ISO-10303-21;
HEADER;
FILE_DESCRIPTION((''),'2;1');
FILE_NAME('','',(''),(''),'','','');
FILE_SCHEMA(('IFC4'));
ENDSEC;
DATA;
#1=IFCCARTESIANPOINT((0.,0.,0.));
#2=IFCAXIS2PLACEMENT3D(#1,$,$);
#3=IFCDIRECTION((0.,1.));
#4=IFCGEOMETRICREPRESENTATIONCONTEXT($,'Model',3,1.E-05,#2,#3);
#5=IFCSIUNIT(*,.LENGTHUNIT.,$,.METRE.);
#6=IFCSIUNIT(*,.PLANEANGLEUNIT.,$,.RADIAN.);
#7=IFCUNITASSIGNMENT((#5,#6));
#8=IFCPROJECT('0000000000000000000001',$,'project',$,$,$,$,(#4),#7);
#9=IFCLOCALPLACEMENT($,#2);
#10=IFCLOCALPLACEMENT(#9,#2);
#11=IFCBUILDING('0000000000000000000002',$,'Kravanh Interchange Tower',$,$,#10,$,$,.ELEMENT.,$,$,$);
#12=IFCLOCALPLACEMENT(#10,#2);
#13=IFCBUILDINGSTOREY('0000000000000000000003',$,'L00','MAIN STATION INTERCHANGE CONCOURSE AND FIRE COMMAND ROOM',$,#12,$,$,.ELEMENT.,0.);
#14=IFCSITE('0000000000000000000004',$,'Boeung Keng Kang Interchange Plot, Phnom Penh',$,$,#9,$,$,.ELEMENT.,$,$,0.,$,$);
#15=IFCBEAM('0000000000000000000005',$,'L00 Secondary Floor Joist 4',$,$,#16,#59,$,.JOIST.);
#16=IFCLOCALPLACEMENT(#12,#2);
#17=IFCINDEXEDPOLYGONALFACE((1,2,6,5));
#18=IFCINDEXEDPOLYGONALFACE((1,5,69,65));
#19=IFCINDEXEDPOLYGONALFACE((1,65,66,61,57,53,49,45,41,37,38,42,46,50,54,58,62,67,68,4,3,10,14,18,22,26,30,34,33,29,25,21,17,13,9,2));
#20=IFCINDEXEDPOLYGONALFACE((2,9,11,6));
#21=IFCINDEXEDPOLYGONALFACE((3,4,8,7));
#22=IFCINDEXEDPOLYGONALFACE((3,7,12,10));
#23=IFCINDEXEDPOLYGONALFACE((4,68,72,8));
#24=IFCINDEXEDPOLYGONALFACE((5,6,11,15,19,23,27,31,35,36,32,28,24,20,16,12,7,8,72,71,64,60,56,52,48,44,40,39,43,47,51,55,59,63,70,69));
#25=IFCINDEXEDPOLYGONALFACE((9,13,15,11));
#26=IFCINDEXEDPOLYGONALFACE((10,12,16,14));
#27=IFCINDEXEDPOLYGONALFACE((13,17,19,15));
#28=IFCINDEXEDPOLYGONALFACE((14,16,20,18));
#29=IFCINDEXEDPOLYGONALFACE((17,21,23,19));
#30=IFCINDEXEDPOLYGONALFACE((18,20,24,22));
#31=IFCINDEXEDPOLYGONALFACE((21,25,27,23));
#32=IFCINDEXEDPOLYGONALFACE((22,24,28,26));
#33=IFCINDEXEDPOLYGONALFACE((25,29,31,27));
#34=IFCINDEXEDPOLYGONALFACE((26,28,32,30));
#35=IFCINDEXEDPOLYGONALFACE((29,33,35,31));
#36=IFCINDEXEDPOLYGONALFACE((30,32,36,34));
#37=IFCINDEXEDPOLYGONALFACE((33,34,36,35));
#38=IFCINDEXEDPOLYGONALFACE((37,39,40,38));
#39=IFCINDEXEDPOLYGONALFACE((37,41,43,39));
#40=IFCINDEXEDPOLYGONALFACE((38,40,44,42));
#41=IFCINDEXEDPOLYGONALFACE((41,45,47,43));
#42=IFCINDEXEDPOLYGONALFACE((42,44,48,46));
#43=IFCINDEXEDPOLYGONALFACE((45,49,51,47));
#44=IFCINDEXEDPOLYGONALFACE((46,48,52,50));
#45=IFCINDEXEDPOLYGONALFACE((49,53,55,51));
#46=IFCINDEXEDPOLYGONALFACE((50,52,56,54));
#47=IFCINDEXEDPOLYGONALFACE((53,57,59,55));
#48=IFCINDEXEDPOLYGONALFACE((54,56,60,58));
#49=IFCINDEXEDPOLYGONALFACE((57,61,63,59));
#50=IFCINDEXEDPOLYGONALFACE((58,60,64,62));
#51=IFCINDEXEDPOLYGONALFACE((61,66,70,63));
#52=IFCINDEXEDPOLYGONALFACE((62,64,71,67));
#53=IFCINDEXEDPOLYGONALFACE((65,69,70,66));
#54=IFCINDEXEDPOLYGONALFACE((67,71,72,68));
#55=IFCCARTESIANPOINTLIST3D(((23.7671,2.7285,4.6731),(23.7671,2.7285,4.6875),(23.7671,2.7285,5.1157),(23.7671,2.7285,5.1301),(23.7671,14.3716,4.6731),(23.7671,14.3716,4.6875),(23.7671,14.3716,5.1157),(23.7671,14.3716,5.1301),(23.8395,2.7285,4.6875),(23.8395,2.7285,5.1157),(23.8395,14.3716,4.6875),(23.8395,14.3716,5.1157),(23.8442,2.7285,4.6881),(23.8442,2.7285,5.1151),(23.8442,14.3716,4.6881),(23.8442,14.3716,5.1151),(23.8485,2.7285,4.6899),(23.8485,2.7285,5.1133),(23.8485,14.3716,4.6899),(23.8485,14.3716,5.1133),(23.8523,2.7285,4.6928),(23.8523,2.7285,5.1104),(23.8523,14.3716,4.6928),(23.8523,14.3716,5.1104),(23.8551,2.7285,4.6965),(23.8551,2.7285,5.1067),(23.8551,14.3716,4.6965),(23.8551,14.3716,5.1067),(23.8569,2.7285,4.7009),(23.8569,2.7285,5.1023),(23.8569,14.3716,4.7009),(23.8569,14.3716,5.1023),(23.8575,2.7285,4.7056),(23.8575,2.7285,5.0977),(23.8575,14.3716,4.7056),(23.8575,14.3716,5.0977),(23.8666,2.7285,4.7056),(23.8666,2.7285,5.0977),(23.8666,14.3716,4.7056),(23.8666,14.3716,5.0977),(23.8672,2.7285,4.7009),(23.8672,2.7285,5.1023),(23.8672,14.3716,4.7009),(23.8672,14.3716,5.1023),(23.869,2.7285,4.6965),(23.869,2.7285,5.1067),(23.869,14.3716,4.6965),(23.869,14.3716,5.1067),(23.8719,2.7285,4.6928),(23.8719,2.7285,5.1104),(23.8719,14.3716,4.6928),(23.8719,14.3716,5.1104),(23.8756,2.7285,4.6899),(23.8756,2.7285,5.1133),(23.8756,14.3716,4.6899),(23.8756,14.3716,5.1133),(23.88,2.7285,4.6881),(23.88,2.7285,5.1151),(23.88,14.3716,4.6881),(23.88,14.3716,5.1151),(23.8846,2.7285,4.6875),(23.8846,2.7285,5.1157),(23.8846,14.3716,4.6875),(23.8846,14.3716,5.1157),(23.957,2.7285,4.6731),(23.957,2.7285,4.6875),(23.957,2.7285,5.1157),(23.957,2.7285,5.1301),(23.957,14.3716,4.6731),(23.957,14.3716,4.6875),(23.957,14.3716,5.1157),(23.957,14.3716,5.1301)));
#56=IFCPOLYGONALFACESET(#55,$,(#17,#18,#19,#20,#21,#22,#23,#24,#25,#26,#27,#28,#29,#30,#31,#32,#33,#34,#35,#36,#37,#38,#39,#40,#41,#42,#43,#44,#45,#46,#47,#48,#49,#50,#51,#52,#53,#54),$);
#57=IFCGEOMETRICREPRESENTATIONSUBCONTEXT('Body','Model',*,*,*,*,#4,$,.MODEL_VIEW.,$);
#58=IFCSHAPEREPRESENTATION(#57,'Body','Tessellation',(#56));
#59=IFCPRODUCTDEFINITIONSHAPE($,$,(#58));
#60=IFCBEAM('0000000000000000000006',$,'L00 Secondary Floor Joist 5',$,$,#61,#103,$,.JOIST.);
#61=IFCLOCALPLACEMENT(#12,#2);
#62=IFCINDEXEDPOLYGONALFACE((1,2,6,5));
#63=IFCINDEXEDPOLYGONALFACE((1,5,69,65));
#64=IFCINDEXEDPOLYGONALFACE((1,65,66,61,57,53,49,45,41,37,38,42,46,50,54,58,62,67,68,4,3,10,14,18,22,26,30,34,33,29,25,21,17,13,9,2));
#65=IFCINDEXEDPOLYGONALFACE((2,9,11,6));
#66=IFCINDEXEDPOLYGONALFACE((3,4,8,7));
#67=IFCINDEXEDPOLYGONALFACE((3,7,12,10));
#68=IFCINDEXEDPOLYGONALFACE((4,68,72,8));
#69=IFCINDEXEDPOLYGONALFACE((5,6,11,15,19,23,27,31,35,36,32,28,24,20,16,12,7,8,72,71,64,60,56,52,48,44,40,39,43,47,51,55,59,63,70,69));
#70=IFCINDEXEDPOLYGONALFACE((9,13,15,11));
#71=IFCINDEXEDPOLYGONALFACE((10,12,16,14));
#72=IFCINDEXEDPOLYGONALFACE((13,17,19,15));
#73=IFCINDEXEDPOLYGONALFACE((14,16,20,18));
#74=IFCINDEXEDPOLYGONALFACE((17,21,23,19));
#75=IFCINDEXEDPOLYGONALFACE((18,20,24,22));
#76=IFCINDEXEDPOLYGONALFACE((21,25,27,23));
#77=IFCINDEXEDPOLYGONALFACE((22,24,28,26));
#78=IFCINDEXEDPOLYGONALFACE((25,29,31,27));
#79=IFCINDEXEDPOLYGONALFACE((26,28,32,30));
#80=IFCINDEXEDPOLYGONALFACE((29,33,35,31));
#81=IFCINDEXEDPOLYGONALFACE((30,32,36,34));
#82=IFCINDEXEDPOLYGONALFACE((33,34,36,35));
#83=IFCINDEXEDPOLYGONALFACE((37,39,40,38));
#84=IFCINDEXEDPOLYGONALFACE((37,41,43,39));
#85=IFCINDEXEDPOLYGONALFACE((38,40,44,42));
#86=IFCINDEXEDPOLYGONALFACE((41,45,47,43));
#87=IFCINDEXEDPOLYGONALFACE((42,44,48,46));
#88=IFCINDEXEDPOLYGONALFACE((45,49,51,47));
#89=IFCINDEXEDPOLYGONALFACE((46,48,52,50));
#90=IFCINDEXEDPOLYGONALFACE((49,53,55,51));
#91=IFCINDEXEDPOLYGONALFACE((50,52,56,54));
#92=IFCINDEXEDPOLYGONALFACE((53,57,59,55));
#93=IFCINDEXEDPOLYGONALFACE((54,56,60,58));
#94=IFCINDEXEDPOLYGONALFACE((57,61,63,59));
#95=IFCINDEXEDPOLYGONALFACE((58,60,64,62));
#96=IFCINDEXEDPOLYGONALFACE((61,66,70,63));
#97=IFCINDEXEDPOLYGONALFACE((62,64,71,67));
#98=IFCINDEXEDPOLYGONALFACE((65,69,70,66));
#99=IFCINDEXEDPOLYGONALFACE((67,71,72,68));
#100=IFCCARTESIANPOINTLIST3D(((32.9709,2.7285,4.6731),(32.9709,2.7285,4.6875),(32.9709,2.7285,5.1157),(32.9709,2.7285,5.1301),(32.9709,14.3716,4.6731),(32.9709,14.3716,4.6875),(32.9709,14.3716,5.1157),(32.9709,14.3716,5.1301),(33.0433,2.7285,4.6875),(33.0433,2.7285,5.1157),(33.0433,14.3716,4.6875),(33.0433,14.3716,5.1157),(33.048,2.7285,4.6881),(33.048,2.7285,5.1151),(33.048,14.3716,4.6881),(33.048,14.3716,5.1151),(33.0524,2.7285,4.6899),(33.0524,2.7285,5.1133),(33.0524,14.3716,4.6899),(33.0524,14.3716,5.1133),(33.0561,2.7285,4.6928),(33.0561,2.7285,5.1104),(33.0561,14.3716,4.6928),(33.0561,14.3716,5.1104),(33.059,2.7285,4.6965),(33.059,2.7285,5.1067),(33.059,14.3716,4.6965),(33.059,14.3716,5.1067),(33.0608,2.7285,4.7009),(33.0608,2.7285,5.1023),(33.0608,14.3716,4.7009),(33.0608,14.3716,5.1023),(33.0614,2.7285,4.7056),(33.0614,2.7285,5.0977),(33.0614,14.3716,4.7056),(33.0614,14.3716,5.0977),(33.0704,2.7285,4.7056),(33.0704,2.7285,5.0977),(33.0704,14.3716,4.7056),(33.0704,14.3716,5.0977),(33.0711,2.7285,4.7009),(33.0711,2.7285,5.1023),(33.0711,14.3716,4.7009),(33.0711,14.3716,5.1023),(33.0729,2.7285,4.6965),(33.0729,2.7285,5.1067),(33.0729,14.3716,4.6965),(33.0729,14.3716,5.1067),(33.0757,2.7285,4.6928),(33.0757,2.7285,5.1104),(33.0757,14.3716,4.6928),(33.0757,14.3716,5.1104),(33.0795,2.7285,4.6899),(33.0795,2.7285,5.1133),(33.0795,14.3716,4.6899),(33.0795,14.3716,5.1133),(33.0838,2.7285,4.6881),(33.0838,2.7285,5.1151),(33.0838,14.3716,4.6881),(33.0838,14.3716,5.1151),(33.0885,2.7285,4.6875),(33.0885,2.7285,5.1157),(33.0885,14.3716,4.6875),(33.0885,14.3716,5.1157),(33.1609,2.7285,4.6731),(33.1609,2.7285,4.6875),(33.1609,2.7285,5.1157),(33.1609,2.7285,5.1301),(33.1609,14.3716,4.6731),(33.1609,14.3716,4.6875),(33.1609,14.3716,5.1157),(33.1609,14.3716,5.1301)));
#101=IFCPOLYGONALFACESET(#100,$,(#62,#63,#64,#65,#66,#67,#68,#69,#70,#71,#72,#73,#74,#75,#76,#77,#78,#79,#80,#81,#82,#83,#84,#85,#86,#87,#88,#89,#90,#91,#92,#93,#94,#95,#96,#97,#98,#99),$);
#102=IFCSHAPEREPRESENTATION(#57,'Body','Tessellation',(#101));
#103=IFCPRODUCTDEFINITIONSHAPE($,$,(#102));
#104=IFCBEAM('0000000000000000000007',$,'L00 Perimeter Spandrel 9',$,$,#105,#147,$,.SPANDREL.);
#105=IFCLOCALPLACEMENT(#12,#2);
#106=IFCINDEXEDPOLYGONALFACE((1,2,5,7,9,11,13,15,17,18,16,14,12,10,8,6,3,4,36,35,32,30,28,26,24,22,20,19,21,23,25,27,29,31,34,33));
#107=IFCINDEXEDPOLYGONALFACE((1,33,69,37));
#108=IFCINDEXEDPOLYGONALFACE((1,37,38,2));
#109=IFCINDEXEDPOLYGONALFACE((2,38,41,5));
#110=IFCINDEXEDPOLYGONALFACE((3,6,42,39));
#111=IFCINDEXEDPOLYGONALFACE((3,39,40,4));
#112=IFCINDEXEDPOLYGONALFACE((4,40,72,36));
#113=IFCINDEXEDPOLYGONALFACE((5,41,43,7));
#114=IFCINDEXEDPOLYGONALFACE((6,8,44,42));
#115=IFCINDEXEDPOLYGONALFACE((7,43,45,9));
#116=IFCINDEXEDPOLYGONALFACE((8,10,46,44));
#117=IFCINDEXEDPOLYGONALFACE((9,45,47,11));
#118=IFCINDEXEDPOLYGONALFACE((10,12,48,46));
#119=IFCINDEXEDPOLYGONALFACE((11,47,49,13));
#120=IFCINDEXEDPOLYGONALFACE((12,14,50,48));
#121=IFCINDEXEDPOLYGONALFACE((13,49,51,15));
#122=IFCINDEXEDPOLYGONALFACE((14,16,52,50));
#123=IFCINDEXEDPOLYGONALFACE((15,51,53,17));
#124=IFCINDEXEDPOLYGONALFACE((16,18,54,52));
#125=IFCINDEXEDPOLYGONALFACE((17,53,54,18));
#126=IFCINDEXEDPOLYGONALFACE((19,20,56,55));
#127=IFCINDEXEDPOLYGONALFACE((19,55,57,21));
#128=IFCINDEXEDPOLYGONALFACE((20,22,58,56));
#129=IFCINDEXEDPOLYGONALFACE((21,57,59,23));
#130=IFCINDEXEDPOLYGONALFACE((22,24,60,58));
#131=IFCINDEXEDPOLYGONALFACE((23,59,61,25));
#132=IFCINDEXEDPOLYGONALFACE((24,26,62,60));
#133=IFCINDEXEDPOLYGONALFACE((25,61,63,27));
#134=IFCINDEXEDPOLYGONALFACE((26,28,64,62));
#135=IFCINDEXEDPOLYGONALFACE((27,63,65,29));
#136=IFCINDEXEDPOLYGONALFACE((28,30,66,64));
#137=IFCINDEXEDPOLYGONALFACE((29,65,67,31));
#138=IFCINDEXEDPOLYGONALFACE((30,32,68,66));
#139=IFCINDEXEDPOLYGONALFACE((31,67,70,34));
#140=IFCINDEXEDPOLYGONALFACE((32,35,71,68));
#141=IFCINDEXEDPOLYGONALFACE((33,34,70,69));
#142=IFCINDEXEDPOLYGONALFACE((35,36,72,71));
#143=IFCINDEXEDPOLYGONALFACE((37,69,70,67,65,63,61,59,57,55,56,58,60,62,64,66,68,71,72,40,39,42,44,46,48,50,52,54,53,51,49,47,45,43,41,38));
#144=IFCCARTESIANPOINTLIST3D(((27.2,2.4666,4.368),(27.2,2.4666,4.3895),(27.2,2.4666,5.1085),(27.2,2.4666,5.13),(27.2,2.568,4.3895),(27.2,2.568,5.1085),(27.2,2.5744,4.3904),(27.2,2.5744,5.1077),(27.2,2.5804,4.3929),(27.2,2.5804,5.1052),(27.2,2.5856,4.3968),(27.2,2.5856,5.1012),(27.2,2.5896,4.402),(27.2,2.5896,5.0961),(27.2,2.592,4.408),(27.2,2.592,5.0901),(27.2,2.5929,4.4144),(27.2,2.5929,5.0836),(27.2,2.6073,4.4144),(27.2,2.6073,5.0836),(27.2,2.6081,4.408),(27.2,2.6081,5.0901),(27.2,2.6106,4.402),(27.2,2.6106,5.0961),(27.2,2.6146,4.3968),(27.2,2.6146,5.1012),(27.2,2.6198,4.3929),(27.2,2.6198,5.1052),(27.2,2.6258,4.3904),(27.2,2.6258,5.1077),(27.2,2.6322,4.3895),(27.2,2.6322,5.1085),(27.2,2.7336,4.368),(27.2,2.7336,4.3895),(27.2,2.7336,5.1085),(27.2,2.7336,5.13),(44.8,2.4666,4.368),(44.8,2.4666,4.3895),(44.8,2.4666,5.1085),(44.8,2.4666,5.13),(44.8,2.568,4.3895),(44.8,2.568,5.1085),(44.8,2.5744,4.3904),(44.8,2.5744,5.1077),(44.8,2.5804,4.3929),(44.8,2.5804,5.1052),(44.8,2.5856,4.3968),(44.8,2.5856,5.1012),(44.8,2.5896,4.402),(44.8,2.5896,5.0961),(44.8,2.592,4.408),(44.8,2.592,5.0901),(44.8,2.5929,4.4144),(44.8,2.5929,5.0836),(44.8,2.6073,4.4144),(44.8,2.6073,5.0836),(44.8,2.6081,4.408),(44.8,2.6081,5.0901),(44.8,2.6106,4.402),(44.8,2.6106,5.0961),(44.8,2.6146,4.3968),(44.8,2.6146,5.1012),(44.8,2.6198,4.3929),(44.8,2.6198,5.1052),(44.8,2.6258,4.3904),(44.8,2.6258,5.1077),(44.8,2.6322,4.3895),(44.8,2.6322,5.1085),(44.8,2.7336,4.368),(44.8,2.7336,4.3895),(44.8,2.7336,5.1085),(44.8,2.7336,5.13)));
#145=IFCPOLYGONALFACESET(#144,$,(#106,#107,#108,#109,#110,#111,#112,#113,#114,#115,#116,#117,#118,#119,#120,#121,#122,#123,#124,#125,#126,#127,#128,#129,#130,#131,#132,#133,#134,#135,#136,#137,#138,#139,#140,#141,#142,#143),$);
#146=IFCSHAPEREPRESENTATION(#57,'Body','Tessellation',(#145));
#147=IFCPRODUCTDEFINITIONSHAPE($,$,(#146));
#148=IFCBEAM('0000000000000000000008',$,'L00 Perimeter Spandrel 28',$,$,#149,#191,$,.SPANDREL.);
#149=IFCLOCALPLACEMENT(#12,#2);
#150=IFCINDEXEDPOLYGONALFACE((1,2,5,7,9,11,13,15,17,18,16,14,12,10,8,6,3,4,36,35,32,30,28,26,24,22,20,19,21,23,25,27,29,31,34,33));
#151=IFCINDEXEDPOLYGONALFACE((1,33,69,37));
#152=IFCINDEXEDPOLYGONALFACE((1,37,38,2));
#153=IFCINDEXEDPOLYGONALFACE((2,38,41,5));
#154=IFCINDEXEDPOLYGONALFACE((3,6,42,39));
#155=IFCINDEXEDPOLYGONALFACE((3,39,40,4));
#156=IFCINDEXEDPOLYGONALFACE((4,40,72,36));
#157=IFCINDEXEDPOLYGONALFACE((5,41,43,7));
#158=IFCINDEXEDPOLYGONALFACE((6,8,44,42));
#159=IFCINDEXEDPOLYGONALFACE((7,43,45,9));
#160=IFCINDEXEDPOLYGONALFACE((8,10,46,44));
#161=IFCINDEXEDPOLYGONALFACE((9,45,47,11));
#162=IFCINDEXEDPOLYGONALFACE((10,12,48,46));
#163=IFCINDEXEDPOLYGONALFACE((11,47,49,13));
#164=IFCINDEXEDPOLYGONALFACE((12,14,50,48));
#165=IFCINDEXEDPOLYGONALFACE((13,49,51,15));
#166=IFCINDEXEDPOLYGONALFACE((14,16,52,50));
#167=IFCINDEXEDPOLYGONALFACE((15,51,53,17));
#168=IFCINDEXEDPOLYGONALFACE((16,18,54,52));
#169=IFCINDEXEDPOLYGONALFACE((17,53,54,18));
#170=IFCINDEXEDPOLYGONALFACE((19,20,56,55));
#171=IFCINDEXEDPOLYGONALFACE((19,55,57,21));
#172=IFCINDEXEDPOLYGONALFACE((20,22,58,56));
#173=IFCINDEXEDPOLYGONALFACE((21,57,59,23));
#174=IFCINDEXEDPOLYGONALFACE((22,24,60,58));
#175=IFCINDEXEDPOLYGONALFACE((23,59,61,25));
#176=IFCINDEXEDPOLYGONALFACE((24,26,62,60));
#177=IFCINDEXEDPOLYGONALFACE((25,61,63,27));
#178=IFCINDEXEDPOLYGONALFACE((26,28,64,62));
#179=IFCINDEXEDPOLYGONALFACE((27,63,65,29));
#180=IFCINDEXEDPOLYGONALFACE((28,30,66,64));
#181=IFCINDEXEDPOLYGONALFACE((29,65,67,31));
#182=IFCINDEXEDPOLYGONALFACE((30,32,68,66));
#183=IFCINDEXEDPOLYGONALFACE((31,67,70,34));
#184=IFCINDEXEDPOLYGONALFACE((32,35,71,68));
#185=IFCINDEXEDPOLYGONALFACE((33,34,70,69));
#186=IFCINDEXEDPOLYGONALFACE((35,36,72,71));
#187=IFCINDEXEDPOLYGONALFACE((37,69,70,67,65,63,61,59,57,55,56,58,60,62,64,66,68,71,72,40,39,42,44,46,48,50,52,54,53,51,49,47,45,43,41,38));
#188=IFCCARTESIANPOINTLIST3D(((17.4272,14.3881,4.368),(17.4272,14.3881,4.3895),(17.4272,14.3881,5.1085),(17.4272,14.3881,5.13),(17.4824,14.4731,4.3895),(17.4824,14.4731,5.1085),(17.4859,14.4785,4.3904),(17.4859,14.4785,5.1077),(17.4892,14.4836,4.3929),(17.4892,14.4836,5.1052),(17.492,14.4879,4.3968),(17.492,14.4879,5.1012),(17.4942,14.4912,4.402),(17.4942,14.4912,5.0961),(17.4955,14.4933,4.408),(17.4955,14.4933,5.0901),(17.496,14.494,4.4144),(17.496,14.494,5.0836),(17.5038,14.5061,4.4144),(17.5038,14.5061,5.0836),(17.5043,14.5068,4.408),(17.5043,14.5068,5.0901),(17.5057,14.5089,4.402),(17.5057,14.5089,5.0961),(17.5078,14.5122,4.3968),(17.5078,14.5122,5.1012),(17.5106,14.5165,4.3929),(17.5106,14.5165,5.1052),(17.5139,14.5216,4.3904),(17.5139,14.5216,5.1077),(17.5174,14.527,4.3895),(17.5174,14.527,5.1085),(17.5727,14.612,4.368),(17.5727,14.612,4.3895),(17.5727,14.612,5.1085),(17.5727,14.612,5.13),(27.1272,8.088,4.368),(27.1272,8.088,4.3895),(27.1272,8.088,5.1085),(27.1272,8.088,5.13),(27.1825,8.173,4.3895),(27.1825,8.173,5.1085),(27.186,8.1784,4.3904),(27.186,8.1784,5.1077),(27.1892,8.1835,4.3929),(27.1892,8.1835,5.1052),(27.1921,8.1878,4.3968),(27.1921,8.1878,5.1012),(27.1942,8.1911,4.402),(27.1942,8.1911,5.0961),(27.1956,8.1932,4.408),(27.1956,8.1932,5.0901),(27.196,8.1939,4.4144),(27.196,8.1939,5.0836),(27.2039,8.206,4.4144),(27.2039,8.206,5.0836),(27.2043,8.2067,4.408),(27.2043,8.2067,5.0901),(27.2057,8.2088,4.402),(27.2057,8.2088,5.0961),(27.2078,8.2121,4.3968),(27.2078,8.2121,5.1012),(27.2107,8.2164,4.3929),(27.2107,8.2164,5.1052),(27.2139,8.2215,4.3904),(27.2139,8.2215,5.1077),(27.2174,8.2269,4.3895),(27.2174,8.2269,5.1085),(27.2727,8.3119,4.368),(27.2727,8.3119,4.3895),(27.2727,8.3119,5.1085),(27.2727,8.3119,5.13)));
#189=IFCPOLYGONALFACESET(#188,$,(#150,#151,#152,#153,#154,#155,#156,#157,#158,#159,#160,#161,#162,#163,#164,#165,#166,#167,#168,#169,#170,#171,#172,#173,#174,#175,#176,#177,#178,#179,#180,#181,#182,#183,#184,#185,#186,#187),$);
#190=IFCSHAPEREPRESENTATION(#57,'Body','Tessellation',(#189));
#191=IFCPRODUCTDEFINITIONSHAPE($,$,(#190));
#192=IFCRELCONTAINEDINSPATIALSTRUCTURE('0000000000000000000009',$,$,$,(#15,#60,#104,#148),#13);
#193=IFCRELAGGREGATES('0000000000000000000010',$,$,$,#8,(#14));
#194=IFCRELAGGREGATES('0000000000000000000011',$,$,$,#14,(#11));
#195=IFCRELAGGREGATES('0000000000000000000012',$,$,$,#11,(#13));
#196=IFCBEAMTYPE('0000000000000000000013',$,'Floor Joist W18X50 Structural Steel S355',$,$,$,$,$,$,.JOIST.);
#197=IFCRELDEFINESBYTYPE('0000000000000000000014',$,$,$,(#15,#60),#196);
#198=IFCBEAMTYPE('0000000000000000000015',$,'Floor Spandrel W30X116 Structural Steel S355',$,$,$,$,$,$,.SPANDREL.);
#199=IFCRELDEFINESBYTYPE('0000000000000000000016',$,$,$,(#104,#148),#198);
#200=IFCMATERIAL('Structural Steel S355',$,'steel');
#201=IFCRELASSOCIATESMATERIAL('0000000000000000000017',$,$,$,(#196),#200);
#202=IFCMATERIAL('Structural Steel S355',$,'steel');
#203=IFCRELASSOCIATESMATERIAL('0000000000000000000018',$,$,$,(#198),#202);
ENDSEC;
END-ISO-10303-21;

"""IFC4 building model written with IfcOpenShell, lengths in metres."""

from ifc_helpers import new_model, si_unit, direction, frame, origin, origin_2d, place, context, subcontext, project, spatial, i_section, extrude, material, material_profile, profile_set, type_object, element, save


model = new_model("IFC4")

# Units and contexts
model_context = context("Model", 3, precision=1e-05, world=origin(), true_north=direction((0.0, 1.0)))
body_context = subcontext(model_context, "Body", "Model", "MODEL_VIEW")
ifc_project = project(units=[si_unit("LENGTHUNIT", "METRE"), si_unit("PLANEANGLEUNIT", "RADIAN")], contexts=[model_context])

# Site, building, storey
site_placement = place(None, origin())
site = spatial("IfcSite", under=ifc_project, at=site_placement, Name="Boeung Keng Kang Interchange Plot, Phnom Penh", CompositionType="ELEMENT", RefElevation=0.0)
building_placement = place(site_placement, origin())
building = spatial("IfcBuilding", under=site, at=building_placement, Name="Kravanh Interchange Tower", CompositionType="ELEMENT")
storey_placement = place(building_placement, origin())
storey = spatial("IfcBuildingStorey", under=building, at=storey_placement, Name="L00", Description="MAIN STATION INTERCHANGE CONCOURSE AND FIRE COMMAND ROOM", CompositionType="ELEMENT", Elevation=0.0)

# Beams
ifc_material_1 = material(Name="Structural Steel S355", Category="steel")
ifc_material_profile_1 = material_profile(ifc_material_1, i_section(OverallWidth=0.1899, OverallDepth=0.457, WebThickness=0.009, FlangeThickness=0.0144, FilletRadius=0.0181, at=origin_2d()), Name="W18X50")
ifc_profile_set_1 = profile_set([ifc_material_profile_1], Name="Structural Steel S355")
beam_type_1 = type_object("IfcBeamType", Name="Floor Joist W18X50 Structural Steel S355", PredefinedType="JOIST", material=ifc_profile_set_1)
for number, where, z_axis, x_axis, name in (
    (1, (23.8621, 2.7285, 4.9016), (0.0, 1.0, 0.0), (-1.0, 0.0, 0.0), "L00 Secondary Floor Joist 4"),
    (2, (33.0659, 2.7285, 4.9016), (0.0, 1.0, 0.0), (-1.0, 0.0, 0.0), "L00 Secondary Floor Joist 5"),
):
    element("IfcBeam", number, at=place(storey_placement, frame(where, z_axis=z_axis, x_axis=x_axis)), inside=storey, type_object=beam_type_1, Name=name, PredefinedType="JOIST", context=body_context, shape_type="SweptSolid", body=[
        extrude(i_section(OverallWidth=0.1899, OverallDepth=0.457, WebThickness=0.009, FlangeThickness=0.0144, FilletRadius=0.0181, at=origin_2d()), origin(), (0.0, 0.0, 1.0), 11.6431),
    ])
ifc_material_2 = material(Name="Structural Steel S355", Category="steel")
ifc_material_profile_2 = material_profile(ifc_material_2, i_section(OverallWidth=0.2671, OverallDepth=0.762, WebThickness=0.0144, FlangeThickness=0.0215, FilletRadius=0.0249, at=origin_2d()), Name="W30X116")
ifc_profile_set_2 = profile_set([ifc_material_profile_2], Name="Structural Steel S355")
beam_type_2 = type_object("IfcBeamType", Name="Floor Spandrel W30X116 Structural Steel S355", PredefinedType="SPANDREL", material=ifc_profile_set_2)
beam_1_placement = place(storey_placement, frame((27.2, 2.6001, 4.749), z_axis=(1.0, 0.0, 0.0), x_axis=(0.0, 1.0, 0.0)))
element("IfcBeam", 3, at=beam_1_placement, inside=storey, type_object=beam_type_2, Name="L00 Perimeter Spandrel 9", PredefinedType="SPANDREL", context=body_context, shape_type="SweptSolid", body=[
    extrude(i_section(OverallWidth=0.2671, OverallDepth=0.762, WebThickness=0.0144, FlangeThickness=0.0215, FilletRadius=0.0249, at=origin_2d()), origin(), (0.0, 0.0, 1.0), 17.6001),
])
beam_2_placement = place(storey_placement, frame((27.2, 8.2, 4.749), z_axis=(-0.838638, 0.544689, 0.0), x_axis=(-0.544689, -0.838638, 0.0)))
element("IfcBeam", 4, at=beam_2_placement, inside=storey, type_object=beam_type_2, Name="L00 Perimeter Spandrel 28", PredefinedType="SPANDREL", context=body_context, shape_type="SweptSolid", body=[
    extrude(i_section(OverallWidth=0.2671, OverallDepth=0.762, WebThickness=0.0144, FlangeThickness=0.0215, FilletRadius=0.0249, at=origin_2d()), origin(), (0.0, 0.0, 1.0), 11.5664),
])

save(model, "model.ifc")
